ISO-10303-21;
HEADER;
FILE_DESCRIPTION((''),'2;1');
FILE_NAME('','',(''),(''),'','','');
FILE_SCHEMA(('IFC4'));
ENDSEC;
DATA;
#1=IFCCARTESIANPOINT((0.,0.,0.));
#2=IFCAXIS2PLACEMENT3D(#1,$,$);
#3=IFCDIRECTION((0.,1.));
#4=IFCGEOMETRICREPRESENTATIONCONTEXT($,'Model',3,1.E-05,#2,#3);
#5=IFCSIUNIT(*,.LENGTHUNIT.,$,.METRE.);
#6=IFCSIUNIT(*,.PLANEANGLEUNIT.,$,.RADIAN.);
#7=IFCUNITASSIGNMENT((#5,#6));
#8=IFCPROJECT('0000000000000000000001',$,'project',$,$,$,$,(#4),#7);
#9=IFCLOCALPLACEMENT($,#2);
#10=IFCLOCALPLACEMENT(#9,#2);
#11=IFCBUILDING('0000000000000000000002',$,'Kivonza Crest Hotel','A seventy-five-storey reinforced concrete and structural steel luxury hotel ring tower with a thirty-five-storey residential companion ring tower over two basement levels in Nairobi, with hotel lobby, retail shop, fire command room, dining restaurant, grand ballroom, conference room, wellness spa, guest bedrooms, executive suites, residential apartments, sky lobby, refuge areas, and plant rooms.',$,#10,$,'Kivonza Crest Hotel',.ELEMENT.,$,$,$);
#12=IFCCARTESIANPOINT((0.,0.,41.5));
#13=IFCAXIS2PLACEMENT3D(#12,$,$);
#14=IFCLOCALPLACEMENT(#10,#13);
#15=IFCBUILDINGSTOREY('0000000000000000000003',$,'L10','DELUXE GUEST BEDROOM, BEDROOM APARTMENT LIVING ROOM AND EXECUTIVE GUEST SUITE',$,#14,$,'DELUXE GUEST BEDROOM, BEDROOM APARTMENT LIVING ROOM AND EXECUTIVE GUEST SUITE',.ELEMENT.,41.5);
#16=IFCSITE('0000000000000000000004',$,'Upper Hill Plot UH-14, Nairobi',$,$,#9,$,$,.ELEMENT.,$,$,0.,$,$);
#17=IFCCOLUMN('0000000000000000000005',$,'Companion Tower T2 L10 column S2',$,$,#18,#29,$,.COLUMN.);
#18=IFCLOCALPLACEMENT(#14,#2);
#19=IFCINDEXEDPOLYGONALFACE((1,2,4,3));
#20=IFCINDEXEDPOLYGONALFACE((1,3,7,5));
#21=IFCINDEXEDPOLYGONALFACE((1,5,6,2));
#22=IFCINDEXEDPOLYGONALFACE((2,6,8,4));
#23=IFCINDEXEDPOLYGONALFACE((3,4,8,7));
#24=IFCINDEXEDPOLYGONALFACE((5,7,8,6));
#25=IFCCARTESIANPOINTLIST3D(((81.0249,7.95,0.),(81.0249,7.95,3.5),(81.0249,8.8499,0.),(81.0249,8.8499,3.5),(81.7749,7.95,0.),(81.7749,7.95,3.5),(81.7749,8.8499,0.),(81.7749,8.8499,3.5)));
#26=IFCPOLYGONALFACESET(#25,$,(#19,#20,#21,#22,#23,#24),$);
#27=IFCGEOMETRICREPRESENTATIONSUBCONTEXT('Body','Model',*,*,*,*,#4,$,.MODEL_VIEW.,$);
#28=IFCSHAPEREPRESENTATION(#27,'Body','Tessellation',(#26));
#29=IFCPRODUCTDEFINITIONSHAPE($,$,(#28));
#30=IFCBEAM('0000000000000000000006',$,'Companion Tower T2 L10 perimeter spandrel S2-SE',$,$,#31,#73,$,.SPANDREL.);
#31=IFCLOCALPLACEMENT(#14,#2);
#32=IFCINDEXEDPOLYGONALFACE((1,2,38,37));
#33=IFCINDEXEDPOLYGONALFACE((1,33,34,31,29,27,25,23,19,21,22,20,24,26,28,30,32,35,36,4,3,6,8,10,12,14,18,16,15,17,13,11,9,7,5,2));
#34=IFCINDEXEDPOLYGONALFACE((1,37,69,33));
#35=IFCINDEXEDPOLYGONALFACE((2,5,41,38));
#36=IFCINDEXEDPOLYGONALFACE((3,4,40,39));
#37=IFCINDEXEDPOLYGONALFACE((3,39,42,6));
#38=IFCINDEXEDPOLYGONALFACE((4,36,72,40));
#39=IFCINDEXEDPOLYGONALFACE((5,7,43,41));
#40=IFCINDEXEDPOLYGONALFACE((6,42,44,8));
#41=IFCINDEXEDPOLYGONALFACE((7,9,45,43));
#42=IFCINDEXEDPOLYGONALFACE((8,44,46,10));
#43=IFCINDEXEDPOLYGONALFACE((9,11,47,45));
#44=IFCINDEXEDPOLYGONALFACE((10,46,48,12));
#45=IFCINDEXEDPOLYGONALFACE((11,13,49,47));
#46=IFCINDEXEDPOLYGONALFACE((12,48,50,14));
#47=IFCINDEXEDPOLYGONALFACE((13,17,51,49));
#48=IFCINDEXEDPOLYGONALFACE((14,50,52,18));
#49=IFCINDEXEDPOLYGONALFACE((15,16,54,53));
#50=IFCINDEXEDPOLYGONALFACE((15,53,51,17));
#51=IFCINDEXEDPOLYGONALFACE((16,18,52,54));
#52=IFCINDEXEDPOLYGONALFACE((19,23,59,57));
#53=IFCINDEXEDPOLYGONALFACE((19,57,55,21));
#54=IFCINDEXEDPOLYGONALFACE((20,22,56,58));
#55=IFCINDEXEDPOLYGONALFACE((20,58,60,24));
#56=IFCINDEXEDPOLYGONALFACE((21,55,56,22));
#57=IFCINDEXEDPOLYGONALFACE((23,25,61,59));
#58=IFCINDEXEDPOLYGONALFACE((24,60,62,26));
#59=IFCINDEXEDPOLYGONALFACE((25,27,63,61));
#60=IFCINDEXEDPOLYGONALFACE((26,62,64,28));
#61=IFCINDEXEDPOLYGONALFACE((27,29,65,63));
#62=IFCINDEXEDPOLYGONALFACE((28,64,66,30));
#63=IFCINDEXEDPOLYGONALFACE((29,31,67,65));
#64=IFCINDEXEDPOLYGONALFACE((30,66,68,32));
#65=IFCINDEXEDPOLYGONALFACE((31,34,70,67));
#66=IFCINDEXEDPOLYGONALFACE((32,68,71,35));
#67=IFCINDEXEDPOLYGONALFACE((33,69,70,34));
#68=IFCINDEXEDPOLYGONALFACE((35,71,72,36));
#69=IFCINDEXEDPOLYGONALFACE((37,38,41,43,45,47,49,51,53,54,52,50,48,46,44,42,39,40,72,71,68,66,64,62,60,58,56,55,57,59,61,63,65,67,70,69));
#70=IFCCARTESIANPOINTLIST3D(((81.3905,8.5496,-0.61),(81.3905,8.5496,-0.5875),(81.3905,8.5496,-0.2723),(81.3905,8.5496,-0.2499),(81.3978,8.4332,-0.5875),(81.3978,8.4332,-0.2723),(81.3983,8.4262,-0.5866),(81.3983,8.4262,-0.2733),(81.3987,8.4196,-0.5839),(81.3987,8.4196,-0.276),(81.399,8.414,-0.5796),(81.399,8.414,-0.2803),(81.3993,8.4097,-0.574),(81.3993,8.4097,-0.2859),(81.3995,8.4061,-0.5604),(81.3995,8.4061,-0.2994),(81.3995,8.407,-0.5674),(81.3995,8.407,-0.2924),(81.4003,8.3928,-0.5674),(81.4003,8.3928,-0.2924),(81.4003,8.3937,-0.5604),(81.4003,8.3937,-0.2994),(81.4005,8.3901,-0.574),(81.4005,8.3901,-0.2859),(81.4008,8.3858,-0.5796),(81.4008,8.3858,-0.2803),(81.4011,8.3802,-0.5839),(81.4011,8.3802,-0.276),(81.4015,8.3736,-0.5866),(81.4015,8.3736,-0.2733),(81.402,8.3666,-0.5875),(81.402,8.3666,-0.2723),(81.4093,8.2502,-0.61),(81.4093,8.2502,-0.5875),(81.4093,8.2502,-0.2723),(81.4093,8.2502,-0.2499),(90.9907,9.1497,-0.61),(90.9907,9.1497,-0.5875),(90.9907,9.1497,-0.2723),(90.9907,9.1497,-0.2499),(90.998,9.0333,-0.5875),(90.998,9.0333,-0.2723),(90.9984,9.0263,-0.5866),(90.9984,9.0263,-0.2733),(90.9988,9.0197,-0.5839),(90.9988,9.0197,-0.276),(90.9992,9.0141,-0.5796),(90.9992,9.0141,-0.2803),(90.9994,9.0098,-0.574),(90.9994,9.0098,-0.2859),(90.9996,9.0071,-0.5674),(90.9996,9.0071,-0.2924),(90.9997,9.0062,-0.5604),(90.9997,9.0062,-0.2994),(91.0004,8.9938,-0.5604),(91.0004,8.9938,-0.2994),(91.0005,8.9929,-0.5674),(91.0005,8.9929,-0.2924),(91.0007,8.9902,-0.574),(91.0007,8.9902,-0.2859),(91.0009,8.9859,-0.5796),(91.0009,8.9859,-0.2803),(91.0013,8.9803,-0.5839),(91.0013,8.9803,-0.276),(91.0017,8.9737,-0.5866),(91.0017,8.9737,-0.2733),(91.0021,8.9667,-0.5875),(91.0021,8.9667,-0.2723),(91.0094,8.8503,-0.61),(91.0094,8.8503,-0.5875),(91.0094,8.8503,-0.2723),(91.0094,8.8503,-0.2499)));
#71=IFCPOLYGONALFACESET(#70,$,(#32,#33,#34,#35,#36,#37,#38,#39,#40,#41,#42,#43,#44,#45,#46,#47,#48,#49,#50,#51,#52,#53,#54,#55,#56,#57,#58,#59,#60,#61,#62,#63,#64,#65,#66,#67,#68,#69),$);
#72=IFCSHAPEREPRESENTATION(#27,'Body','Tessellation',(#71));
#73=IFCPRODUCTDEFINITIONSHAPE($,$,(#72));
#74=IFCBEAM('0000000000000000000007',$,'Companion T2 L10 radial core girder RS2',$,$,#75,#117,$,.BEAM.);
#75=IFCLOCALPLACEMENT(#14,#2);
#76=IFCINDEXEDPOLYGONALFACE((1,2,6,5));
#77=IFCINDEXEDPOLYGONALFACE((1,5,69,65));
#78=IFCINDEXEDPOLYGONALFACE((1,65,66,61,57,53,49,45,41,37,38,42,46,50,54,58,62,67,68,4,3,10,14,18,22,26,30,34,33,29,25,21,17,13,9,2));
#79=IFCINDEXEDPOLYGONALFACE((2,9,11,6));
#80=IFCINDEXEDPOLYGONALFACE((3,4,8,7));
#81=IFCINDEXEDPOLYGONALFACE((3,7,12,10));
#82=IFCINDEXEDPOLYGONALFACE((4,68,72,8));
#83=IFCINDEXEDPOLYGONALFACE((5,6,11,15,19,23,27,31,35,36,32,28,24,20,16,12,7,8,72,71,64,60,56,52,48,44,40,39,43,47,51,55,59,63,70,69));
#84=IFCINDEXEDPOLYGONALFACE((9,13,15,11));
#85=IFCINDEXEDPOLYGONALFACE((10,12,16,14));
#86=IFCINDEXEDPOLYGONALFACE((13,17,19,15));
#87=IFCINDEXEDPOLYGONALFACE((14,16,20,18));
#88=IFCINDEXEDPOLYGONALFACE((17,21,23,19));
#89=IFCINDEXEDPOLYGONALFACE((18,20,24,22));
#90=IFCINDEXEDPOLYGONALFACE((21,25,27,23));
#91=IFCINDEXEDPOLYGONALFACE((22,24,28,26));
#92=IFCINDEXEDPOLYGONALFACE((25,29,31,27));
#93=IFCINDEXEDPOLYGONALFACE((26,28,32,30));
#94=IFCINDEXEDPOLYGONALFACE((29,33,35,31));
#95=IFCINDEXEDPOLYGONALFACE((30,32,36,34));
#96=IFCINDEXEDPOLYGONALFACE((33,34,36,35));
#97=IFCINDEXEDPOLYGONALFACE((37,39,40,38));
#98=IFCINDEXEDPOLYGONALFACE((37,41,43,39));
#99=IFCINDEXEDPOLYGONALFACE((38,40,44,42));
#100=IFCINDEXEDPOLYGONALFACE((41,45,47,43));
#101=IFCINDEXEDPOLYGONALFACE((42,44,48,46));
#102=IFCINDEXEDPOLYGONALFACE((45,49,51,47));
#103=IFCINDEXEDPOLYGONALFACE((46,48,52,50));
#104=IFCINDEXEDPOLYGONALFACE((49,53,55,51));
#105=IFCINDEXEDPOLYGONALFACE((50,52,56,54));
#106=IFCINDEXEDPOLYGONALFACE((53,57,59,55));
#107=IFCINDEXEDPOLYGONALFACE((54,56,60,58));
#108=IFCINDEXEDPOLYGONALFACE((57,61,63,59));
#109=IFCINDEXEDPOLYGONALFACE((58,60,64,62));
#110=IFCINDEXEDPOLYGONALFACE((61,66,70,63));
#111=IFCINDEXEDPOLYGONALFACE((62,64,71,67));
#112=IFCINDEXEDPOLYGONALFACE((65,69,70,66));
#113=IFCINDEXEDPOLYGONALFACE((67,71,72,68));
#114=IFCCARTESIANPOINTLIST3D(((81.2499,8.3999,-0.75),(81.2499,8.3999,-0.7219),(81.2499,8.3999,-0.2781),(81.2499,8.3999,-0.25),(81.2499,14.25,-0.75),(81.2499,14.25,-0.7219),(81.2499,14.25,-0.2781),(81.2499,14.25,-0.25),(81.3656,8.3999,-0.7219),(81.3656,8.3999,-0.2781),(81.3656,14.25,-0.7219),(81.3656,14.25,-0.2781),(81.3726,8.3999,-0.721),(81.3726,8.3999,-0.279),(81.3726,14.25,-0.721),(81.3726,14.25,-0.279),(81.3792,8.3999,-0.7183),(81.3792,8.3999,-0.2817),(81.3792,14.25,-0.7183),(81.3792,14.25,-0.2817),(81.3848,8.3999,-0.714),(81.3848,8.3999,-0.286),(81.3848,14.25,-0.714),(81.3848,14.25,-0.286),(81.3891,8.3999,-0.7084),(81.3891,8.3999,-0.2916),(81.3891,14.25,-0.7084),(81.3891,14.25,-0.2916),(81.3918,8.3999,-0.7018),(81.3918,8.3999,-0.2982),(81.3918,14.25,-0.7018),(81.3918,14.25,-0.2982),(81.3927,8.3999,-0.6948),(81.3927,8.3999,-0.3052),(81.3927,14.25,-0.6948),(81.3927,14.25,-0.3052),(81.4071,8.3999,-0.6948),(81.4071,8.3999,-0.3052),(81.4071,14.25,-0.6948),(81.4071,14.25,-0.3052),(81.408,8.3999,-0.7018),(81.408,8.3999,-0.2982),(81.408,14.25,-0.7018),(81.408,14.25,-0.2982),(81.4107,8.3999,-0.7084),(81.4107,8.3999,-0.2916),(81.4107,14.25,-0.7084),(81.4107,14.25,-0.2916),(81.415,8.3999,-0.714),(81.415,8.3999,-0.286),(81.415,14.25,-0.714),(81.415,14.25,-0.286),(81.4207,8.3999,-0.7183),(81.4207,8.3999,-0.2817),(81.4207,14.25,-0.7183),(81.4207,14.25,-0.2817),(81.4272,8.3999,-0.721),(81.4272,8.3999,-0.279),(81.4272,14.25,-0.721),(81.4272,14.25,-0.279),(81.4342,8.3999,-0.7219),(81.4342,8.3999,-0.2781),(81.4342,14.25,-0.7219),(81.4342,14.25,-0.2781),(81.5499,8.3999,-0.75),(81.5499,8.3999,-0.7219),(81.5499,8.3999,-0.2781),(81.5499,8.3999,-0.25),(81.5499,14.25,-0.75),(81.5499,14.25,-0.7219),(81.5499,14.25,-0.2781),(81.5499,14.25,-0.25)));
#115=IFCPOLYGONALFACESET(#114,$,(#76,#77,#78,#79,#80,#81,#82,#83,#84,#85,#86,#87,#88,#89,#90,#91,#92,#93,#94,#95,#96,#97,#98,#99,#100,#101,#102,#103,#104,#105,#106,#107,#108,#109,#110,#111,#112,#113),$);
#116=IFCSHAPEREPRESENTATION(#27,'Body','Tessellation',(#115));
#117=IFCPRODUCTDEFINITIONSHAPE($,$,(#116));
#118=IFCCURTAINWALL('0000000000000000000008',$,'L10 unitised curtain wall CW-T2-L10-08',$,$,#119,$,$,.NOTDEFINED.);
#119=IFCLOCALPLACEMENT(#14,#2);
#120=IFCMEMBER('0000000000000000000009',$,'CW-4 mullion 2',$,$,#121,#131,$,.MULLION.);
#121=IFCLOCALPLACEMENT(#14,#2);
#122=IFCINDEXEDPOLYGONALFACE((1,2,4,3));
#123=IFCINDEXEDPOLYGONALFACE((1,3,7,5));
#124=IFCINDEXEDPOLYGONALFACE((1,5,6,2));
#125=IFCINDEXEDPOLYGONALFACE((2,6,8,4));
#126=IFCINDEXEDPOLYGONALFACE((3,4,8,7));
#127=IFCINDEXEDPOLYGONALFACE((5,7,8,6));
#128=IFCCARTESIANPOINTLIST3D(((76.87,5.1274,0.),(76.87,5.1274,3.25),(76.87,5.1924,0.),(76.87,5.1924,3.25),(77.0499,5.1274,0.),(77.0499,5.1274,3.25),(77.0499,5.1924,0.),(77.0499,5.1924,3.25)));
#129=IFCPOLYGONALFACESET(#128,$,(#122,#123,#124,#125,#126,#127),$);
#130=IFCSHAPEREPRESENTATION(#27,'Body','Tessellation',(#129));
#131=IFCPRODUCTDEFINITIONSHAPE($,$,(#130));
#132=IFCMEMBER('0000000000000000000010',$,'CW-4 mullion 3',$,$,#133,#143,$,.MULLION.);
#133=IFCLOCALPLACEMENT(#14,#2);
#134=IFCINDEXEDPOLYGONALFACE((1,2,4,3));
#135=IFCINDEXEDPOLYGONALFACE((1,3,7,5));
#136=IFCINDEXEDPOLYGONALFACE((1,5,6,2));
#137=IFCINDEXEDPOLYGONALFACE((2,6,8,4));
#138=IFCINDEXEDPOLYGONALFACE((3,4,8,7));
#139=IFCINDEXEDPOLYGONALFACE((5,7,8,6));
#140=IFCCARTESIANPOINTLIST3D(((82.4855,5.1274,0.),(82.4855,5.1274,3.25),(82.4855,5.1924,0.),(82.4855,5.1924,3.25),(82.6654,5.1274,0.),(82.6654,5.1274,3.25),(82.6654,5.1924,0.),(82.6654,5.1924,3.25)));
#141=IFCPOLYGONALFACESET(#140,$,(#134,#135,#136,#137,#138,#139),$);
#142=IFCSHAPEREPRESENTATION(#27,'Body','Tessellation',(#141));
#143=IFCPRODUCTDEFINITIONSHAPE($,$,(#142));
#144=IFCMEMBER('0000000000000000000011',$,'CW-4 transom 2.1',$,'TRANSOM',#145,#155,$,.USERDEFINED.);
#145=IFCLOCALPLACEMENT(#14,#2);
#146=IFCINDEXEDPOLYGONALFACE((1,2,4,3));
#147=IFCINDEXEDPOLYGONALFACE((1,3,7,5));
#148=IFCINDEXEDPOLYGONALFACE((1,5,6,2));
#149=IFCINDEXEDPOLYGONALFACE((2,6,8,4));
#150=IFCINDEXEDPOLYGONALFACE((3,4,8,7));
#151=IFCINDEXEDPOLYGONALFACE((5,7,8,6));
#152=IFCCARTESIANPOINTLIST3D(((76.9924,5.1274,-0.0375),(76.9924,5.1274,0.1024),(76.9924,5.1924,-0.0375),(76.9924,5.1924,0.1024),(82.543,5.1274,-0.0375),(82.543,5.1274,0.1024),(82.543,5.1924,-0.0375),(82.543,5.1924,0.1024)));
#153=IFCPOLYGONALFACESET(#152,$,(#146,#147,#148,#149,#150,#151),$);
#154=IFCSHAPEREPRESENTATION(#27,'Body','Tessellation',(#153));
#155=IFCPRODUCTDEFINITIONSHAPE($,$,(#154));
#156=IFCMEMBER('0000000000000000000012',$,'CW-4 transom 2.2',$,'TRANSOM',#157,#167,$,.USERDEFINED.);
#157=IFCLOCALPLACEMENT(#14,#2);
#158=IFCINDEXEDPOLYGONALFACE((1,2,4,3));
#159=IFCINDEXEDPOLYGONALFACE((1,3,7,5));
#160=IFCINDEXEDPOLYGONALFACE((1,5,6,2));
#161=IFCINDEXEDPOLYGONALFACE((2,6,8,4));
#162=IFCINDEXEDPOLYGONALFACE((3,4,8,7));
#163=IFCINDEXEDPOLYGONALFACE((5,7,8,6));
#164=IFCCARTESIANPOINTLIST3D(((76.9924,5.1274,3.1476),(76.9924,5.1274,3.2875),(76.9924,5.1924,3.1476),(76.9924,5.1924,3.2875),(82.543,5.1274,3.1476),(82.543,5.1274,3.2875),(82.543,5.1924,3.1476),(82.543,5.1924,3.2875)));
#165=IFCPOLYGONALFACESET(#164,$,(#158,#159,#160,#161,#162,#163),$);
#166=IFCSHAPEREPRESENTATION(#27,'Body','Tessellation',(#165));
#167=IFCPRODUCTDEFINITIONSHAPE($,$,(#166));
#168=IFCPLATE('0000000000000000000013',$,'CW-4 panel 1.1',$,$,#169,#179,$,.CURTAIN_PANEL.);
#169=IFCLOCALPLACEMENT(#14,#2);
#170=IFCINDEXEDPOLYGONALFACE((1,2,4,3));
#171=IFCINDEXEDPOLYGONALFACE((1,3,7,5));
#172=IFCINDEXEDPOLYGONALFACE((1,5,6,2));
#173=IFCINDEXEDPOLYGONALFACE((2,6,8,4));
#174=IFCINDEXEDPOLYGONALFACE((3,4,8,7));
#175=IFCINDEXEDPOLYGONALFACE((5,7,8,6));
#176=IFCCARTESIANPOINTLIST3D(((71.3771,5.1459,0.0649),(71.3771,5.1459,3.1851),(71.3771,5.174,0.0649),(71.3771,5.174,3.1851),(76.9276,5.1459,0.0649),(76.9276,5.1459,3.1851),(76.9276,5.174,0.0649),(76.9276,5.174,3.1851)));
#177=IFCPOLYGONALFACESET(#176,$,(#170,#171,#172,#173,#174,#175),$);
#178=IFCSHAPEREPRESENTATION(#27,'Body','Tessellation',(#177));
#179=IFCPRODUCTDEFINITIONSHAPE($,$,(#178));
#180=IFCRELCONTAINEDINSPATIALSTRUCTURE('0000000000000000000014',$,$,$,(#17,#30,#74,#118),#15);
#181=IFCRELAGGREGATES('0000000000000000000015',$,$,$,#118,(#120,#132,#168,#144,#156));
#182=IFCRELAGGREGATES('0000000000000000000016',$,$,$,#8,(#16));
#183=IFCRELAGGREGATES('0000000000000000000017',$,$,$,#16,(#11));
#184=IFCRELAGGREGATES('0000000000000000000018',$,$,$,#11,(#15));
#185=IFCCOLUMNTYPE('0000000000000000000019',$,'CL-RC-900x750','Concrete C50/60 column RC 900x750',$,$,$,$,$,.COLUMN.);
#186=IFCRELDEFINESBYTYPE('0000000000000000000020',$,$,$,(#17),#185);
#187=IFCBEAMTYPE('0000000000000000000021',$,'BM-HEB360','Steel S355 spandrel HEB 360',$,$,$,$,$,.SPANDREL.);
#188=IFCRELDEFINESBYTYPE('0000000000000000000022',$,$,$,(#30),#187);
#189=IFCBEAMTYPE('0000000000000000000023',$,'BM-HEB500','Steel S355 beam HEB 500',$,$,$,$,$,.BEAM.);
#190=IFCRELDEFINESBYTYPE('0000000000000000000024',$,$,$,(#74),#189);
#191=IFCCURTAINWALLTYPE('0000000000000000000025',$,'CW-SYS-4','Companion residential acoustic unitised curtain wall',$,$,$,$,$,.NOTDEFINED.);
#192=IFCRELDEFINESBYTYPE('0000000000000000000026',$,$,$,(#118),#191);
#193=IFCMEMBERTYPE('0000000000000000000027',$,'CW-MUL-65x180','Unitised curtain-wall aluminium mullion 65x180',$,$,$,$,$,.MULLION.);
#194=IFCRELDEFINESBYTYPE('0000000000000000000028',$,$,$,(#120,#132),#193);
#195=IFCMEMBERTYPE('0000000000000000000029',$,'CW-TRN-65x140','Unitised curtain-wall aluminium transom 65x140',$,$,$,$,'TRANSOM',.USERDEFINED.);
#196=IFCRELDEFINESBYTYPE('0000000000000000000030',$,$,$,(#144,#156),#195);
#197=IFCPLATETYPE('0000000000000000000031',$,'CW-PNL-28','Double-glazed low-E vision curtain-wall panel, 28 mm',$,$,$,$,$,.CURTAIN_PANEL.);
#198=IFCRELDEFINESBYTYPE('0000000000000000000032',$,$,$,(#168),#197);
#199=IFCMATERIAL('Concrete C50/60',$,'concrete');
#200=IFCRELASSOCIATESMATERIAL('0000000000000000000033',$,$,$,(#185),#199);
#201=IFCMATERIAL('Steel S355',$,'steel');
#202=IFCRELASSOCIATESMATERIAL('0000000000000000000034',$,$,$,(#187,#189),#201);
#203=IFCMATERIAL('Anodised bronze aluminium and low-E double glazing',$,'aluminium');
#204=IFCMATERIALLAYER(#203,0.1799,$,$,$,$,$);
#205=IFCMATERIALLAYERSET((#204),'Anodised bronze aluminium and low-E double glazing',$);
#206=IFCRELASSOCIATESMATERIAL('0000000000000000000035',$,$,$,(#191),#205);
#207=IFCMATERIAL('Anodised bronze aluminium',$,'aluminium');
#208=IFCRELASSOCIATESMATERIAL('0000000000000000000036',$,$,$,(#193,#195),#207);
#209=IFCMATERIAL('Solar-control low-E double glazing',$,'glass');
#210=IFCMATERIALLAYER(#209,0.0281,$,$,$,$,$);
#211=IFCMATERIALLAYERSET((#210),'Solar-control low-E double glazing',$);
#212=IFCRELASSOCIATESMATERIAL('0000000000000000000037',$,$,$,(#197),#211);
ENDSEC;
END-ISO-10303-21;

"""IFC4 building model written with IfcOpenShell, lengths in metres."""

from ifc_helpers import new_model, si_unit, direction, frame, origin, origin_2d, place, context, subcontext, project, spatial, rectangle, i_section, extrude, material, layer, layer_set, material_profile, profile_set, type_object, element, aggregate, save


model = new_model("IFC4")

# Units and contexts
model_context = context("Model", 3, precision=1e-05, world=origin(), true_north=direction((0.0, 1.0)))
body_context = subcontext(model_context, "Body", "Model", "MODEL_VIEW")
ifc_project = project(units=[si_unit("LENGTHUNIT", "METRE"), si_unit("PLANEANGLEUNIT", "RADIAN")], contexts=[model_context])

# Site, building, storey
site_placement = place(None, origin())
site = spatial("IfcSite", under=ifc_project, at=site_placement, Name="Upper Hill Plot UH-14, Nairobi", CompositionType="ELEMENT", RefElevation=0.0)
building_placement = place(site_placement, origin())
building = spatial("IfcBuilding", under=site, at=building_placement, Name="Kivonza Crest Hotel", Description="A seventy-five-storey reinforced concrete and structural steel luxury hotel ring tower with a thirty-five-storey residential companion ring tower over two basement levels in Nairobi, with hotel lobby, retail shop, fire command room, dining restaurant, grand ballroom, conference room, wellness spa, guest bedrooms, executive suites, residential apartments, sky lobby, refuge areas, and plant rooms.", LongName="Kivonza Crest Hotel", CompositionType="ELEMENT")
storey_placement = place(building_placement, frame((0.0, 0.0, 41.5)))
storey = spatial("IfcBuildingStorey", under=building, at=storey_placement, Name="L10", Description="DELUXE GUEST BEDROOM, BEDROOM APARTMENT LIVING ROOM AND EXECUTIVE GUEST SUITE", LongName="DELUXE GUEST BEDROOM, BEDROOM APARTMENT LIVING ROOM AND EXECUTIVE GUEST SUITE", CompositionType="ELEMENT", Elevation=41.5)

# Column
ifc_material_1 = material(Name="Concrete C50/60", Category="concrete")
ifc_material_profile_1 = material_profile(ifc_material_1, rectangle(XDim=0.75, YDim=0.8999, at=origin_2d()), Name="RC 900x750")
ifc_profile_set_1 = profile_set([ifc_material_profile_1], Name="Concrete C50/60")
column_type = type_object("IfcColumnType", Name="CL-RC-900x750", Description="Concrete C50/60 column RC 900x750", PredefinedType="COLUMN", material=ifc_profile_set_1)
column_placement = place(storey_placement, frame((81.3999, 8.3999, 0.0), z_axis=(0.0, 0.0, 1.0), x_axis=(1.0, 0.0, 0.0)))
element("IfcColumn", 1, at=column_placement, inside=storey, type_object=column_type, Name="Companion Tower T2 L10 column S2", PredefinedType="COLUMN", context=body_context, shape_type="SweptSolid", body=[
    extrude(rectangle(XDim=0.75, YDim=0.8999, at=origin_2d()), origin(), (0.0, 0.0, 1.0), 3.5),
])

# Beams
ifc_material_2 = material(Name="Steel S355", Category="steel")
ifc_material_profile_2 = material_profile(ifc_material_2, i_section(OverallWidth=0.3, OverallDepth=0.3601, WebThickness=0.0125, FlangeThickness=0.0225, FilletRadius=0.0271, at=origin_2d()), Name="HEB 360")
ifc_profile_set_2 = profile_set([ifc_material_profile_2], Name="Steel S355")
beam_type_1 = type_object("IfcBeamType", Name="BM-HEB360", Description="Steel S355 spandrel HEB 360", PredefinedType="SPANDREL", material=ifc_profile_set_2)
beam_1_placement = place(storey_placement, frame((81.3999, 8.3999, -0.4299), z_axis=(0.998052, 0.062388, 0.0), x_axis=(-0.062388, 0.998052, 0.0)))
element("IfcBeam", 2, at=beam_1_placement, inside=storey, type_object=beam_type_1, Name="Companion Tower T2 L10 perimeter spandrel S2-SE", PredefinedType="SPANDREL", context=body_context, shape_type="SweptSolid", body=[
    extrude(i_section(OverallWidth=0.3, OverallDepth=0.3601, WebThickness=0.0125, FlangeThickness=0.0225, FilletRadius=0.0271, at=origin_2d()), origin(), (0.0, 0.0, 1.0), 9.6189),
])
ifc_material_profile_3 = material_profile(ifc_material_2, i_section(OverallWidth=0.3, OverallDepth=0.5, WebThickness=0.0144, FlangeThickness=0.0281, FilletRadius=0.0271, at=origin_2d()), Name="HEB 500")
ifc_profile_set_3 = profile_set([ifc_material_profile_3], Name="Steel S355")
beam_type_2 = type_object("IfcBeamType", Name="BM-HEB500", Description="Steel S355 beam HEB 500", PredefinedType="BEAM", material=ifc_profile_set_3)
beam_2_placement = place(storey_placement, frame((81.3999, 8.3999, -0.5), z_axis=(0.0, 1.0, 0.0), x_axis=(-1.0, 0.0, 0.0)))
element("IfcBeam", 3, at=beam_2_placement, inside=storey, type_object=beam_type_2, Name="Companion T2 L10 radial core girder RS2", PredefinedType="BEAM", context=body_context, shape_type="SweptSolid", body=[
    extrude(i_section(OverallWidth=0.3, OverallDepth=0.5, WebThickness=0.0144, FlangeThickness=0.0281, FilletRadius=0.0271, at=origin_2d()), origin(), (0.0, 0.0, 1.0), 5.8501),
])

# Curtain wall, members, plate
ifc_material_3 = material(Name="Anodised bronze aluminium and low-E double glazing", Category="aluminium")
ifc_layer_1 = layer(ifc_material_3, 0.1799)
ifc_layer_set_1 = layer_set([ifc_layer_1], Name="Anodised bronze aluminium and low-E double glazing")
curtain_wall_type = type_object("IfcCurtainWallType", Name="CW-SYS-4", Description="Companion residential acoustic unitised curtain wall", PredefinedType="NOTDEFINED", material=ifc_layer_set_1)
curtain_wall_placement = place(storey_placement, origin())
curtain_wall = element("IfcCurtainWall", 4, at=curtain_wall_placement, inside=storey, type_object=curtain_wall_type, Name="L10 unitised curtain wall CW-T2-L10-08", PredefinedType="NOTDEFINED")
ifc_material_4 = material(Name="Anodised bronze aluminium", Category="aluminium")
ifc_material_profile_4 = material_profile(ifc_material_4, rectangle(XDim=0.0649, YDim=0.1799, at=origin_2d()), Name="CW-M 65x180")
ifc_profile_set_4 = profile_set([ifc_material_profile_4], Name="Anodised bronze aluminium")
member_type_1 = type_object("IfcMemberType", Name="CW-MUL-65x180", Description="Unitised curtain-wall aluminium mullion 65x180", PredefinedType="MULLION", material=ifc_profile_set_4)
member_1_placement = place(storey_placement, frame((76.96, 5.1599, 0.0), z_axis=(0.0, 0.0, 1.0), x_axis=(0.0, 1.0, 0.0)))
member_1 = element("IfcMember", 5, at=member_1_placement, type_object=member_type_1, Name="CW-4 mullion 2", PredefinedType="MULLION", context=body_context, shape_type="SweptSolid", body=[
    extrude(rectangle(XDim=0.0649, YDim=0.1799, at=origin_2d()), origin(), (0.0, 0.0, 1.0), 3.25),
])
member_2_placement = place(storey_placement, frame((82.5754, 5.1599, 0.0), z_axis=(0.0, 0.0, 1.0), x_axis=(0.0, 1.0, 0.0)))
member_2 = element("IfcMember", 6, at=member_2_placement, type_object=member_type_1, Name="CW-4 mullion 3", PredefinedType="MULLION", context=body_context, shape_type="SweptSolid", body=[
    extrude(rectangle(XDim=0.0649, YDim=0.1799, at=origin_2d()), origin(), (0.0, 0.0, 1.0), 3.25),
])
ifc_material_profile_5 = material_profile(ifc_material_4, rectangle(XDim=0.0649, YDim=0.1399, at=origin_2d()), Name="CW-T 65x140")
ifc_profile_set_5 = profile_set([ifc_material_profile_5], Name="Anodised bronze aluminium")
member_type_2 = type_object("IfcMemberType", Name="CW-TRN-65x140", Description="Unitised curtain-wall aluminium transom 65x140", ElementType="TRANSOM", PredefinedType="USERDEFINED", material=ifc_profile_set_5)
member_3_placement = place(storey_placement, frame((76.9924, 5.1599, 0.0325), z_axis=(1.0, 0.0, 0.0), x_axis=(0.0, 1.0, 0.0)))
member_3 = element("IfcMember", 7, at=member_3_placement, type_object=member_type_2, Name="CW-4 transom 2.1", ObjectType="TRANSOM", PredefinedType="USERDEFINED", context=body_context, shape_type="SweptSolid", body=[
    extrude(rectangle(XDim=0.0649, YDim=0.1399, at=origin_2d()), origin(), (0.0, 0.0, 1.0), 5.5505),
])
member_4_placement = place(storey_placement, frame((76.9924, 5.1599, 3.2175), z_axis=(1.0, 0.0, 0.0), x_axis=(0.0, 1.0, 0.0)))
member_4 = element("IfcMember", 8, at=member_4_placement, type_object=member_type_2, Name="CW-4 transom 2.2", ObjectType="TRANSOM", PredefinedType="USERDEFINED", context=body_context, shape_type="SweptSolid", body=[
    extrude(rectangle(XDim=0.0649, YDim=0.1399, at=origin_2d()), origin(), (0.0, 0.0, 1.0), 5.5505),
])
ifc_material_5 = material(Name="Solar-control low-E double glazing", Category="glass")
ifc_layer_2 = layer(ifc_material_5, 0.0281)
ifc_layer_set_2 = layer_set([ifc_layer_2], Name="Solar-control low-E double glazing")
plate_type = type_object("IfcPlateType", Name="CW-PNL-28", Description="Double-glazed low-E vision curtain-wall panel, 28 mm", PredefinedType="CURTAIN_PANEL", material=ifc_layer_set_2)
plate_1_placement = place(storey_placement, frame((74.1523, 5.1599, 0.0649), z_axis=(0.0, 0.0, 1.0), x_axis=(1.0, 0.0, 0.0)))
plate_1 = element("IfcPlate", 9, at=plate_1_placement, type_object=plate_type, Name="CW-4 panel 1.1", PredefinedType="CURTAIN_PANEL", context=body_context, shape_type="SweptSolid", body=[
    extrude(rectangle(XDim=5.5505, YDim=0.0281, at=origin_2d()), origin(), (0.0, 0.0, 1.0), 3.1201),
])
aggregate(curtain_wall, [member_1, member_2, plate_1, member_3, member_4])

save(model, "model.ifc")
